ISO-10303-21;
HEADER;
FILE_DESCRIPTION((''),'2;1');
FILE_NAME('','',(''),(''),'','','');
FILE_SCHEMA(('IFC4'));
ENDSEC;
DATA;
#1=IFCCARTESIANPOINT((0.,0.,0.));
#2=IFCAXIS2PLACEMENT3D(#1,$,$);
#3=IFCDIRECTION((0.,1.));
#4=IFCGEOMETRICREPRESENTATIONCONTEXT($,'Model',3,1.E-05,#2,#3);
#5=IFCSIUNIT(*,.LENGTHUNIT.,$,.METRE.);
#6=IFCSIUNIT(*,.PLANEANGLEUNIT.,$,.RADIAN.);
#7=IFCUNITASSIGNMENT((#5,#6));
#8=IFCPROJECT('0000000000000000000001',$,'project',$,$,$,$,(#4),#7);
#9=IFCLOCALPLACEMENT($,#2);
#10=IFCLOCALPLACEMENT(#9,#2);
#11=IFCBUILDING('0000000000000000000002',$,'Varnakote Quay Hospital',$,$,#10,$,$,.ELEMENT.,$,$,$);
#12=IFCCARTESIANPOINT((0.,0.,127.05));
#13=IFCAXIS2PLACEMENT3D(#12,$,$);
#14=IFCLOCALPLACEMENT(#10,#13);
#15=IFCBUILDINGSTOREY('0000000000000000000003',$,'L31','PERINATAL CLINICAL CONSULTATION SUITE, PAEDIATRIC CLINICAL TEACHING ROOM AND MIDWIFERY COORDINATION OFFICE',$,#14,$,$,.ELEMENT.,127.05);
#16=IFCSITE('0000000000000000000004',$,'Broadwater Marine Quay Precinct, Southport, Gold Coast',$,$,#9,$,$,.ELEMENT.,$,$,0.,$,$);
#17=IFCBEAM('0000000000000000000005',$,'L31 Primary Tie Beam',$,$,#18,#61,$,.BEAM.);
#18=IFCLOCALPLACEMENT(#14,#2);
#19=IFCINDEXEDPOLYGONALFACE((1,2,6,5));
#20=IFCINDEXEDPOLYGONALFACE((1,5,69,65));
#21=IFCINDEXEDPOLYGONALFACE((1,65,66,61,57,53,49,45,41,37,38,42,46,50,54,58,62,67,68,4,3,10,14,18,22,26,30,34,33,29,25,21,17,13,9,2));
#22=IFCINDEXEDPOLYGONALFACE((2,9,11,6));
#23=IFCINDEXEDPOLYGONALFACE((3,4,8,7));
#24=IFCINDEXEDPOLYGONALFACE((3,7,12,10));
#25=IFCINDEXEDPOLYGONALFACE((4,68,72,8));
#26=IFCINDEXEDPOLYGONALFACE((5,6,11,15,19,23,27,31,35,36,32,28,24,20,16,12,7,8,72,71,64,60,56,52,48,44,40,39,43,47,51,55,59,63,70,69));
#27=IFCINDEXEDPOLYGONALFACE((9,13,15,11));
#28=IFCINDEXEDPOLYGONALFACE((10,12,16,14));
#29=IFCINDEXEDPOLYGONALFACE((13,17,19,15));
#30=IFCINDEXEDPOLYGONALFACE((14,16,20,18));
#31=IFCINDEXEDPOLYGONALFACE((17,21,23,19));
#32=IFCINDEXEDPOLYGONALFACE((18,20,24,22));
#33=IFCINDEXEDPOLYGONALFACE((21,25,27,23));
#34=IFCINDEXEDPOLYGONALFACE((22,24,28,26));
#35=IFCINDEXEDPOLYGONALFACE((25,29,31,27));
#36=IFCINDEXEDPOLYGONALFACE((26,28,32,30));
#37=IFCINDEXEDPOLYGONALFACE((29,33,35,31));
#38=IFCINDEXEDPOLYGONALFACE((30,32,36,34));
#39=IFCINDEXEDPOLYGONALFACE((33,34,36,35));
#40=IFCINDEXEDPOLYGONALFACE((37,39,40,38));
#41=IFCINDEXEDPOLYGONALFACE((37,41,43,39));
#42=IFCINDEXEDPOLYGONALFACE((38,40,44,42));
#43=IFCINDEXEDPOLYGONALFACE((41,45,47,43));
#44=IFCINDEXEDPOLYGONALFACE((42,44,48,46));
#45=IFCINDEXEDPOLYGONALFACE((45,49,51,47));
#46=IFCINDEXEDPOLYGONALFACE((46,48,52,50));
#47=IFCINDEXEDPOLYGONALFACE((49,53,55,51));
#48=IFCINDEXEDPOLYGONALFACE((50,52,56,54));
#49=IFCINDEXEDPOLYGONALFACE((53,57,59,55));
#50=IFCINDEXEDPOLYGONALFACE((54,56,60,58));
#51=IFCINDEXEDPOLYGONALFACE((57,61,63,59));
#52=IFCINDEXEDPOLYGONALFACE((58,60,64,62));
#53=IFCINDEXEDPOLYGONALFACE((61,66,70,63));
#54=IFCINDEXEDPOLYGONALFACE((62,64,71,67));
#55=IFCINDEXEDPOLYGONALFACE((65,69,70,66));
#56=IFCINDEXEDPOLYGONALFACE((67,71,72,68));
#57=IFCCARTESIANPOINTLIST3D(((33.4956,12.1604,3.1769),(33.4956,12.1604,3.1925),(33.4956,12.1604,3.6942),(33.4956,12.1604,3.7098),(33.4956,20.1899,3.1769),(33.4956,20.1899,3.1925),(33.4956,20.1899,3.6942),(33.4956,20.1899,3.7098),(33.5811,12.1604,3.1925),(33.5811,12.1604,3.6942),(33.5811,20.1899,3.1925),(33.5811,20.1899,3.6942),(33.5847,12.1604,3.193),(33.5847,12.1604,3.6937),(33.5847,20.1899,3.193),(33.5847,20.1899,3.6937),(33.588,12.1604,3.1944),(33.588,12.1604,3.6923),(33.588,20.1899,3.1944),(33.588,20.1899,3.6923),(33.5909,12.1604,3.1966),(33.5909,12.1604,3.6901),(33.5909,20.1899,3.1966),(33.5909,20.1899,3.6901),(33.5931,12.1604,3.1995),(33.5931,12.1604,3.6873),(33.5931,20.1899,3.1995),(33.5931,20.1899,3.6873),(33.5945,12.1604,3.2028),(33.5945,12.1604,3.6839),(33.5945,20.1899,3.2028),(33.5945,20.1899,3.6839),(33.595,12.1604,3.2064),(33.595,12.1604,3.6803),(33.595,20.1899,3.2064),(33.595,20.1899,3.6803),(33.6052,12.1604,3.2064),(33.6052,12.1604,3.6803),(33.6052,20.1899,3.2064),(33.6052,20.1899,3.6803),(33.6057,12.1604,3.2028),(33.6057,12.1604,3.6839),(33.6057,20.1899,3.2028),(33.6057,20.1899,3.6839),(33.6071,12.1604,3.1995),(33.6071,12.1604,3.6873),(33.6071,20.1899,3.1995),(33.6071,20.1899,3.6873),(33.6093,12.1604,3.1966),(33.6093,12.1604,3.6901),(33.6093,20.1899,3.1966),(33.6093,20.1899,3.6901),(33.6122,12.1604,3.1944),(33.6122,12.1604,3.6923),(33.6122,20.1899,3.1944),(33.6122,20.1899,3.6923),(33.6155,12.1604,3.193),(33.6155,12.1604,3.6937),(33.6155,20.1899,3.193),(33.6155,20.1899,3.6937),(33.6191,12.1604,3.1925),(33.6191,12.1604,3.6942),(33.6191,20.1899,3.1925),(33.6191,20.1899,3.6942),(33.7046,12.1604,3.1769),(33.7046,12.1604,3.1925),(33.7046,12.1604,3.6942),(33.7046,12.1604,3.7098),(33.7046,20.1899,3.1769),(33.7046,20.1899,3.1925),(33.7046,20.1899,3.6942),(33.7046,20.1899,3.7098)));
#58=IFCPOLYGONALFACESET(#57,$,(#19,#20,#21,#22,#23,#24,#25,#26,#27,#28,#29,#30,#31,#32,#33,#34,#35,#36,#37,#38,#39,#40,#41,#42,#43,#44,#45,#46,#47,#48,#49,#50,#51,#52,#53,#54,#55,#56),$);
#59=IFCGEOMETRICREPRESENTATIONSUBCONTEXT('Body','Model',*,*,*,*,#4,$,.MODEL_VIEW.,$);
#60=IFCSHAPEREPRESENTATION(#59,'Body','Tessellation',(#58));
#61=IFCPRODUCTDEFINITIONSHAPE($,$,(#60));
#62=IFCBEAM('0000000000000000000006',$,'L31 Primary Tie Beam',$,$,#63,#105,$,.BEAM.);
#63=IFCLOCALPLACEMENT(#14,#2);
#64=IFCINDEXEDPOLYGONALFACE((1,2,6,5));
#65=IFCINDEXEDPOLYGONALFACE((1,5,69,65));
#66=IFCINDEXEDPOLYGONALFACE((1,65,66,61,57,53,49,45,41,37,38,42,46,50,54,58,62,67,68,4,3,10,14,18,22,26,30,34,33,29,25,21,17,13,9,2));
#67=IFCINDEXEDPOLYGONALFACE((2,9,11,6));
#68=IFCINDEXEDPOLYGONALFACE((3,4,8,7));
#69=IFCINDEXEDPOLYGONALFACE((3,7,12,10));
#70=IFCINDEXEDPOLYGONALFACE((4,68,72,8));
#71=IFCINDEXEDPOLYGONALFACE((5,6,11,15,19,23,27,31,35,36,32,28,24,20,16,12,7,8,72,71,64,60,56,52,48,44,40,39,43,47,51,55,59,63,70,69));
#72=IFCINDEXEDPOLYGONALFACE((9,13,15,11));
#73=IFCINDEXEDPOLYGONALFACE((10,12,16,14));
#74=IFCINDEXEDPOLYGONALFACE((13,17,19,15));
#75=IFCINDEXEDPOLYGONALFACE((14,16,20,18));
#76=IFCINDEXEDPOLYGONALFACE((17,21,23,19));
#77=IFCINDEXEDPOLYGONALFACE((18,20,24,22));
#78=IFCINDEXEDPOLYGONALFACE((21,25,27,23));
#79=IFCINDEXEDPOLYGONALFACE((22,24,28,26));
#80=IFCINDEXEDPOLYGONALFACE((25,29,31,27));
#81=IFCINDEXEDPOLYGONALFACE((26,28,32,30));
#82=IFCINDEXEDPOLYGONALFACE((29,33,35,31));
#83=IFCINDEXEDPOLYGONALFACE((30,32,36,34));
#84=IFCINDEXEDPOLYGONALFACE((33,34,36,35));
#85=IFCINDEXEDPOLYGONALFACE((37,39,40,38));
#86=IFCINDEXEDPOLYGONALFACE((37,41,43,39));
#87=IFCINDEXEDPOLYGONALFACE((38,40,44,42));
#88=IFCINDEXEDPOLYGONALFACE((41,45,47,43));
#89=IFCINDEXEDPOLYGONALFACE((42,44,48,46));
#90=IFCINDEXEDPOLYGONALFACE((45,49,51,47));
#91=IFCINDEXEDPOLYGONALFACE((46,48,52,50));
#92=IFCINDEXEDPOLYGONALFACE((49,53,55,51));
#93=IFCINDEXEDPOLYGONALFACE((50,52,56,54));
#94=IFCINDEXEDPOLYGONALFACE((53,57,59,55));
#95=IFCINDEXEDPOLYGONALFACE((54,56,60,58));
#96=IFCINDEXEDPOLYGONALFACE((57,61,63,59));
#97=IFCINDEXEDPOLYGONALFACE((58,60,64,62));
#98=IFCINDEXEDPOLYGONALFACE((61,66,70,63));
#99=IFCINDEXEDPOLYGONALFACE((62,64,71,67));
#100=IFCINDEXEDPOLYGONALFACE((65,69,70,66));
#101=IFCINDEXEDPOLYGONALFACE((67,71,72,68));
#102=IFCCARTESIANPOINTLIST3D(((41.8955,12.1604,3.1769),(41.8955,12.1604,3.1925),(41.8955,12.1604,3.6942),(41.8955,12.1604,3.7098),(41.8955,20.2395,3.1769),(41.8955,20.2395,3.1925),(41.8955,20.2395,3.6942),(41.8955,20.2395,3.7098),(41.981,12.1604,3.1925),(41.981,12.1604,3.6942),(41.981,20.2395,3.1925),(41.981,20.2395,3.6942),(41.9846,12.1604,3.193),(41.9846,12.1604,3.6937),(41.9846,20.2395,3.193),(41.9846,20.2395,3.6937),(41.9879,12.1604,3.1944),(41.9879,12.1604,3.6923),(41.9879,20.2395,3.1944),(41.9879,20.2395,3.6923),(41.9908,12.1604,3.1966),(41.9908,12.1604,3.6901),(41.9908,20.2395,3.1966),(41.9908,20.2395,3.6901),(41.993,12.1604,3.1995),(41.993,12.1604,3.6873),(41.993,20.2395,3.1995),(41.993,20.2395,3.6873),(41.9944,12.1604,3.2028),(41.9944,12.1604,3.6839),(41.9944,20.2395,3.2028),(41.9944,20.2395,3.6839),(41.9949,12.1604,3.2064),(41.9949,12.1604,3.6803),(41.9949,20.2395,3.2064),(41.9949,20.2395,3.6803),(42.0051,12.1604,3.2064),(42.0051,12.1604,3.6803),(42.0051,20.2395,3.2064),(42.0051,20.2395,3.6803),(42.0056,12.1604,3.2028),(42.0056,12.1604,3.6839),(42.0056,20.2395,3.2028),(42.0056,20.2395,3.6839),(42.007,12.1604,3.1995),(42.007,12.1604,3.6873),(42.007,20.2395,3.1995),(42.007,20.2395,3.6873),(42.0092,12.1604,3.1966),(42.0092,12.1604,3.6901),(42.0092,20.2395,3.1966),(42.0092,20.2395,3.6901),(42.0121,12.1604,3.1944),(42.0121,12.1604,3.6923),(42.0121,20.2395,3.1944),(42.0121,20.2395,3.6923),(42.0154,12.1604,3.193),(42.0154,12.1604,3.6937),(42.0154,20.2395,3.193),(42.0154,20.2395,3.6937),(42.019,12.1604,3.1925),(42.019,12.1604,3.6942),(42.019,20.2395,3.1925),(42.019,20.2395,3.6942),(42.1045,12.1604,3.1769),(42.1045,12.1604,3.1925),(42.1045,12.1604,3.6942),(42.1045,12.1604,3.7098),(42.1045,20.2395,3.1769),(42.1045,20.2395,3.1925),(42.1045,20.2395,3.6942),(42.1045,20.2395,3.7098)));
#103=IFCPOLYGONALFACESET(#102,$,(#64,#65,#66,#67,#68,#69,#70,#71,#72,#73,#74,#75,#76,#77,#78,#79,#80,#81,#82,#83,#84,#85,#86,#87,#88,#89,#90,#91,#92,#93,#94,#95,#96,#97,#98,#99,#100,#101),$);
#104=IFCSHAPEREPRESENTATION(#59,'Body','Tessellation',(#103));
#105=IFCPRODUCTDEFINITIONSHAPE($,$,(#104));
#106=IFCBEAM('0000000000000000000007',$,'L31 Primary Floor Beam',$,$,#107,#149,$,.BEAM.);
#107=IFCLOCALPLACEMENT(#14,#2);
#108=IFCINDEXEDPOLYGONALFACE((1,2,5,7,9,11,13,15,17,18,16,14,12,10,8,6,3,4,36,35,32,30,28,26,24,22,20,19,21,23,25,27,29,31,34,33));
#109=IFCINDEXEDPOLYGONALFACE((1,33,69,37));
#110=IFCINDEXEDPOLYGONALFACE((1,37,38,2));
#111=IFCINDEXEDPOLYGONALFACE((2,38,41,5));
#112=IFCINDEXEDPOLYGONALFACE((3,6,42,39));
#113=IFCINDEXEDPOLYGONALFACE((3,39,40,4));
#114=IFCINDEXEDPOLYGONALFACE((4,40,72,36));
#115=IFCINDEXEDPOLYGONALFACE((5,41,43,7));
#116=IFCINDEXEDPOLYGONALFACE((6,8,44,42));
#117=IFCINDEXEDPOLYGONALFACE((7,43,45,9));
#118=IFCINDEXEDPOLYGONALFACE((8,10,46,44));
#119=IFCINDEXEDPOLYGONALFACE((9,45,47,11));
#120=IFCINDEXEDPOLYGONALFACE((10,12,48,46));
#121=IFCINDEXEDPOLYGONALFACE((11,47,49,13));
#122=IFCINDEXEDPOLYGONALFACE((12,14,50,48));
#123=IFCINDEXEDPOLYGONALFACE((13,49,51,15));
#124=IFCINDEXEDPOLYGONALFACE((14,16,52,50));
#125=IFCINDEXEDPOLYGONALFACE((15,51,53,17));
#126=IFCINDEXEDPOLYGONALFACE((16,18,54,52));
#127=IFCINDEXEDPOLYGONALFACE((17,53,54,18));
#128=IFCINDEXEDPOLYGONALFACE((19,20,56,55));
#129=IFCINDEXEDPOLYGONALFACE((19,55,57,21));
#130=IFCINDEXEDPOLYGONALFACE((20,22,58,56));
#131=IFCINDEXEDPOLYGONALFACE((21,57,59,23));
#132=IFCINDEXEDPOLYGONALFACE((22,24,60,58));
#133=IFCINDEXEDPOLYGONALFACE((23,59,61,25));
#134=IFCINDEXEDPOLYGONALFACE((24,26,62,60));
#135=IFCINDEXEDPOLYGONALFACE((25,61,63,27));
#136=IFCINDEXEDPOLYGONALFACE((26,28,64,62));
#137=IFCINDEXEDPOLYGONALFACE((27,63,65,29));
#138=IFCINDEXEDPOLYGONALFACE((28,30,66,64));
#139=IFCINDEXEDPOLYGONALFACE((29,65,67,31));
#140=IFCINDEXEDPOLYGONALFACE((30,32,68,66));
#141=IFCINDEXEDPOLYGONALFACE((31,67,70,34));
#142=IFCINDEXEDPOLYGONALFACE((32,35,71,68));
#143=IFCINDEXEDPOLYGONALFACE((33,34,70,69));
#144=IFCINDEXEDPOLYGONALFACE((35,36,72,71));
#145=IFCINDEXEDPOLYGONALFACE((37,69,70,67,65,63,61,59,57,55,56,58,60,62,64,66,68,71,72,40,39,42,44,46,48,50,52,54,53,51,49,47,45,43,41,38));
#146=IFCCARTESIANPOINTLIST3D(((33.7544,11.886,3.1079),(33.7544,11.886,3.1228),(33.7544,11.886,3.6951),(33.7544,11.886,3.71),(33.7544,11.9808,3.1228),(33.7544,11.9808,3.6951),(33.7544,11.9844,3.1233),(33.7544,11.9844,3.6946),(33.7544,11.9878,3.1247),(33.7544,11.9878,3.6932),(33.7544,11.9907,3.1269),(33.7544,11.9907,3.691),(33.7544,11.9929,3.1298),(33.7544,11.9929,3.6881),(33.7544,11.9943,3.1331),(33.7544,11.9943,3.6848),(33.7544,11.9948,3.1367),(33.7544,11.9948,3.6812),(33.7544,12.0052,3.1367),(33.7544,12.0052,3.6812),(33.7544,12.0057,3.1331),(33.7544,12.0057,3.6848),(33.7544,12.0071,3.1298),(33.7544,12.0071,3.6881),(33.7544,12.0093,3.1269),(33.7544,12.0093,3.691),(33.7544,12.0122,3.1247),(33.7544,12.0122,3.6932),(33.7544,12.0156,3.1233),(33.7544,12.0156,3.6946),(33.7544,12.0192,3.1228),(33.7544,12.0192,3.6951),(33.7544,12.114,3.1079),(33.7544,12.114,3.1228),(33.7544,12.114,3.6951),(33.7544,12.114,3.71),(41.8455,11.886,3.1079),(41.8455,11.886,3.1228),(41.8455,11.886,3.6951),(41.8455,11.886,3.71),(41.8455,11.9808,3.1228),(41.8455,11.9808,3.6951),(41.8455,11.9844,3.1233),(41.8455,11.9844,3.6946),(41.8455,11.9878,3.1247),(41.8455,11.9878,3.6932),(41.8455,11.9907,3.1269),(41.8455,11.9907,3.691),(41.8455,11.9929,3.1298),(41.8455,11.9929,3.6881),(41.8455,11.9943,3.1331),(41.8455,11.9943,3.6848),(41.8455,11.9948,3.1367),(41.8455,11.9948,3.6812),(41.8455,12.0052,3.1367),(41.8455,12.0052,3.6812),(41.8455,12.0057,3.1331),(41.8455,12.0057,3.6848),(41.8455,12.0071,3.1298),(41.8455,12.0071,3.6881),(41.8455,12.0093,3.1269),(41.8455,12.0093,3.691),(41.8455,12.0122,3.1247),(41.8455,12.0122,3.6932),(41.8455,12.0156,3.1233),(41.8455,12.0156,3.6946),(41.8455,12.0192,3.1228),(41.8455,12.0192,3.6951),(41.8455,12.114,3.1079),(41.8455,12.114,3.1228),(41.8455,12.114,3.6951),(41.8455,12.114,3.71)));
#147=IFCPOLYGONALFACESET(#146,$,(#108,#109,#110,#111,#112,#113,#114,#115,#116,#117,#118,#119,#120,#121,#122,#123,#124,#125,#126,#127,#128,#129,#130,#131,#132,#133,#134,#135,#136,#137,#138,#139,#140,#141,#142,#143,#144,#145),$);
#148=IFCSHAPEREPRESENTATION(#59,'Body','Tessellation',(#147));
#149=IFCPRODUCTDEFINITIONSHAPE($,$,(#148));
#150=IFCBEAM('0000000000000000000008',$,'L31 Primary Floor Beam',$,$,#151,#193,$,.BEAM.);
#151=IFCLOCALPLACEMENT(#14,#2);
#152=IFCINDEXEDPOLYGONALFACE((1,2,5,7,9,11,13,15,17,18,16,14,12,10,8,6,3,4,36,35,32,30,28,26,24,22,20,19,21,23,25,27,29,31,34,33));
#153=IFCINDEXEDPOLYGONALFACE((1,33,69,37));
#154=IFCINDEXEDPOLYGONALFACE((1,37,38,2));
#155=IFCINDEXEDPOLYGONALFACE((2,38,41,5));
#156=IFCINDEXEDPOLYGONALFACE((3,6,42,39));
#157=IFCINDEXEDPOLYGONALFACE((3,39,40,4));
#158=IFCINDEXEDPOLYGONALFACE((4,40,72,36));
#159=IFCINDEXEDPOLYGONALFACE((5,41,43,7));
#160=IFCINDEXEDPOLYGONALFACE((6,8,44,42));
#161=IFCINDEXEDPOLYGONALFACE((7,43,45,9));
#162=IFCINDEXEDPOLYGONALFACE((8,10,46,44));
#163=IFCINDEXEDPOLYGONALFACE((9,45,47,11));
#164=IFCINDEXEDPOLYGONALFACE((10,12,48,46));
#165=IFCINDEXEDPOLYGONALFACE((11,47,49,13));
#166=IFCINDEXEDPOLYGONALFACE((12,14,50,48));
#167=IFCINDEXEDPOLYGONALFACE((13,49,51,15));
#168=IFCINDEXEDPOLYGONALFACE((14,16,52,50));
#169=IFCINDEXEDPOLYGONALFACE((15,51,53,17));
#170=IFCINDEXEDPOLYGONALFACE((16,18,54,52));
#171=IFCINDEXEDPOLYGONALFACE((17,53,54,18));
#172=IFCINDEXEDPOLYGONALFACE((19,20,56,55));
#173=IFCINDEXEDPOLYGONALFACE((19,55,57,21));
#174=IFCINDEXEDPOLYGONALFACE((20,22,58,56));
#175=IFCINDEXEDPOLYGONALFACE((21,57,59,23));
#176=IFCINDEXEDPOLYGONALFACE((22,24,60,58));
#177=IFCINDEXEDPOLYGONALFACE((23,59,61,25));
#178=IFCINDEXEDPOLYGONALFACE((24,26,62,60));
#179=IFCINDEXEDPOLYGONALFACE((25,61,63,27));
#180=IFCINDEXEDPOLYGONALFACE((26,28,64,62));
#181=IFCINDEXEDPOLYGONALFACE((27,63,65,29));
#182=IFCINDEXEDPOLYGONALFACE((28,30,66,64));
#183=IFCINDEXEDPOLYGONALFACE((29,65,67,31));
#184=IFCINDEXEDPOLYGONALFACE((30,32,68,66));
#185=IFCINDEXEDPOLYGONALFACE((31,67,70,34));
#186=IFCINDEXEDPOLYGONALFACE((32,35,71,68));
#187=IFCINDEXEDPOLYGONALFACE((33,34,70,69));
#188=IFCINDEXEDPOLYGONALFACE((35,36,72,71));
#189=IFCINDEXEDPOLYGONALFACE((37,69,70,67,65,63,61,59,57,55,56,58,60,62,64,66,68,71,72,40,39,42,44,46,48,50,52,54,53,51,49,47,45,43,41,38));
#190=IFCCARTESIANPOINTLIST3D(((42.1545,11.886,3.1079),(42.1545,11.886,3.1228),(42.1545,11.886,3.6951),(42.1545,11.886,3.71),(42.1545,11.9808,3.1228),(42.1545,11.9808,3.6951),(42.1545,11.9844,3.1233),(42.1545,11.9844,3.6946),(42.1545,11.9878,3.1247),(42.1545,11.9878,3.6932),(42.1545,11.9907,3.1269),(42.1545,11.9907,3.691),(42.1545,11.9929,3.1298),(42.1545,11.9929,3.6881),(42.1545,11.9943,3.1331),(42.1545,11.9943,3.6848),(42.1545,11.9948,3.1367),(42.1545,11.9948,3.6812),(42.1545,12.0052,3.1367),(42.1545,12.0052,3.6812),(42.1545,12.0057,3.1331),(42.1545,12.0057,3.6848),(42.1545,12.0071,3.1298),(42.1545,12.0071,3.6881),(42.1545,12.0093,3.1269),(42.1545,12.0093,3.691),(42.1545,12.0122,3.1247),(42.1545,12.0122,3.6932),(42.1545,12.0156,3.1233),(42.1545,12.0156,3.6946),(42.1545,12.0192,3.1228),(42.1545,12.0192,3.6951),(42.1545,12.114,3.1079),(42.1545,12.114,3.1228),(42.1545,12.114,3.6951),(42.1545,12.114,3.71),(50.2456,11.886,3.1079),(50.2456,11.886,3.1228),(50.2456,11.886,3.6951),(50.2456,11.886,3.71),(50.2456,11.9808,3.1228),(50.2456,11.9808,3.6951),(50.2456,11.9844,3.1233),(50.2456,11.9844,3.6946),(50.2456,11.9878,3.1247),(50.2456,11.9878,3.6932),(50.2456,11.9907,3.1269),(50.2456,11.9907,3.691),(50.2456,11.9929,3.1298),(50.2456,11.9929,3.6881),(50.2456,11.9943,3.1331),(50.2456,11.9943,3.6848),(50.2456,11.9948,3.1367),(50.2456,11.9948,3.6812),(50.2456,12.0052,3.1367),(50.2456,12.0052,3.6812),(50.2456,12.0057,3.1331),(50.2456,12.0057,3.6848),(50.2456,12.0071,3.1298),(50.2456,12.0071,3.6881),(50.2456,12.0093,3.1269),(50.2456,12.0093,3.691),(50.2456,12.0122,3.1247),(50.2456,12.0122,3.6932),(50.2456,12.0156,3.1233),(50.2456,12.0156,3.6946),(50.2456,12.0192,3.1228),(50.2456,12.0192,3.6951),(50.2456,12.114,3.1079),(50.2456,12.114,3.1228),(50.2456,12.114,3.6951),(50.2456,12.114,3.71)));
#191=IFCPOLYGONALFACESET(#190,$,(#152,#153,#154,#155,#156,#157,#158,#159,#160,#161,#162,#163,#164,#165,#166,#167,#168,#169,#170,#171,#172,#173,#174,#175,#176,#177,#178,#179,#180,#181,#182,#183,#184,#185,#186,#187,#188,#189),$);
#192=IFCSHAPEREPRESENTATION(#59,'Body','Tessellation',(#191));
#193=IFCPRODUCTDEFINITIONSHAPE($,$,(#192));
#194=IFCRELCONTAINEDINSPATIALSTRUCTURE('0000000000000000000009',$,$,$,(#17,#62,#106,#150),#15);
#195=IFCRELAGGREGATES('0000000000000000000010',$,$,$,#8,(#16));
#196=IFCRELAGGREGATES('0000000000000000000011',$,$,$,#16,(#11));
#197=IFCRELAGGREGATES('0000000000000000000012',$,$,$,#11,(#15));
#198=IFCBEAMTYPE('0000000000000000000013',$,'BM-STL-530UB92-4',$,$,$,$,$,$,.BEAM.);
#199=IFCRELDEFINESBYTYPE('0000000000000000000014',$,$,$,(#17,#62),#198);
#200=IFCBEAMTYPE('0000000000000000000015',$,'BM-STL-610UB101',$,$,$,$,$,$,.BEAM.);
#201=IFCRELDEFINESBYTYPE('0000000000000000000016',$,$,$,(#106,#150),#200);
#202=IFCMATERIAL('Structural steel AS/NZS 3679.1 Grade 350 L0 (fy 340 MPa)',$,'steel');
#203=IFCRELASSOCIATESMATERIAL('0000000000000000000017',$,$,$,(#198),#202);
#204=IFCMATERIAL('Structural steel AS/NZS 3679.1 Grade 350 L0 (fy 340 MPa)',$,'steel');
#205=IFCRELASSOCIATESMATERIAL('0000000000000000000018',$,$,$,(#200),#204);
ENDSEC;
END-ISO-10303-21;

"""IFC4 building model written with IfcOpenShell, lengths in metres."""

from ifc_helpers import new_model, si_unit, direction, frame, origin, origin_2d, place, context, subcontext, project, spatial, i_section, extrude, material, material_profile, profile_set, type_object, element, save


model = new_model("IFC4")

# Units and contexts
model_context = context("Model", 3, precision=1e-05, world=origin(), true_north=direction((0.0, 1.0)))
body_context = subcontext(model_context, "Body", "Model", "MODEL_VIEW")
ifc_project = project(units=[si_unit("LENGTHUNIT", "METRE"), si_unit("PLANEANGLEUNIT", "RADIAN")], contexts=[model_context])

# Site, building, storey
site_placement = place(None, origin())
site = spatial("IfcSite", under=ifc_project, at=site_placement, Name="Broadwater Marine Quay Precinct, Southport, Gold Coast", CompositionType="ELEMENT", RefElevation=0.0)
building_placement = place(site_placement, origin())
building = spatial("IfcBuilding", under=site, at=building_placement, Name="Varnakote Quay Hospital", CompositionType="ELEMENT")
storey_placement = place(building_placement, frame((0.0, 0.0, 127.05)))
storey = spatial("IfcBuildingStorey", under=building, at=storey_placement, Name="L31", Description="PERINATAL CLINICAL CONSULTATION SUITE, PAEDIATRIC CLINICAL TEACHING ROOM AND MIDWIFERY COORDINATION OFFICE", CompositionType="ELEMENT", Elevation=127.05)

# Beams
ifc_material_1 = material(Name="Structural steel AS/NZS 3679.1 Grade 350 L0 (fy 340 MPa)", Category="steel")
ifc_material_profile_1 = material_profile(ifc_material_1, i_section(OverallWidth=0.209, OverallDepth=0.533, WebThickness=0.0103, FlangeThickness=0.0156, FilletRadius=0.0139, at=origin_2d()), Name="530UB92.4")
ifc_profile_set_1 = profile_set([ifc_material_profile_1], Name="Structural steel AS/NZS 3679.1 Grade 350 L0 (fy 340 MPa)")
beam_type_1 = type_object("IfcBeamType", Name="BM-STL-530UB92-4", PredefinedType="BEAM", material=ifc_profile_set_1)
beam_1_placement = place(storey_placement, frame((33.6001, 12.1604, 3.4434), z_axis=(0.0, 1.0, 0.0), x_axis=(-1.0, 0.0, 0.0)))
element("IfcBeam", 1, at=beam_1_placement, inside=storey, type_object=beam_type_1, Name="L31 Primary Tie Beam", PredefinedType="BEAM", context=body_context, shape_type="SweptSolid", body=[
    extrude(i_section(OverallWidth=0.209, OverallDepth=0.533, WebThickness=0.0103, FlangeThickness=0.0156, FilletRadius=0.0139, at=origin_2d()), origin(), (0.0, 0.0, 1.0), 8.0295),
])
beam_2_placement = place(storey_placement, frame((42.0, 12.1604, 3.4434), z_axis=(0.0, 1.0, 0.0), x_axis=(-1.0, 0.0, 0.0)))
element("IfcBeam", 2, at=beam_2_placement, inside=storey, type_object=beam_type_1, Name="L31 Primary Tie Beam", PredefinedType="BEAM", context=body_context, shape_type="SweptSolid", body=[
    extrude(i_section(OverallWidth=0.209, OverallDepth=0.533, WebThickness=0.0103, FlangeThickness=0.0156, FilletRadius=0.0139, at=origin_2d()), origin(), (0.0, 0.0, 1.0), 8.0791),
])
ifc_material_2 = material(Name="Structural steel AS/NZS 3679.1 Grade 350 L0 (fy 340 MPa)", Category="steel")
ifc_material_profile_2 = material_profile(ifc_material_2, i_section(OverallWidth=0.228, OverallDepth=0.6021, WebThickness=0.0105, FlangeThickness=0.0149, FilletRadius=0.0139, at=origin_2d()), Name="610UB101")
ifc_profile_set_2 = profile_set([ifc_material_profile_2], Name="Structural steel AS/NZS 3679.1 Grade 350 L0 (fy 340 MPa)")
beam_type_2 = type_object("IfcBeamType", Name="BM-STL-610UB101", PredefinedType="BEAM", material=ifc_profile_set_2)
for number, where, z_axis, x_axis, name in (
    (3, (33.7544, 12.0, 3.4089), (1.0, 0.0, 0.0), (0.0, 1.0, 0.0), "L31 Primary Floor Beam"),
    (4, (42.1545, 12.0, 3.4089), (1.0, 0.0, 0.0), (0.0, 1.0, 0.0), "L31 Primary Floor Beam"),
):
    element("IfcBeam", number, at=place(storey_placement, frame(where, z_axis=z_axis, x_axis=x_axis)), inside=storey, type_object=beam_type_2, Name=name, PredefinedType="BEAM", context=body_context, shape_type="SweptSolid", body=[
        extrude(i_section(OverallWidth=0.228, OverallDepth=0.6021, WebThickness=0.0105, FlangeThickness=0.0149, FilletRadius=0.0139, at=origin_2d()), origin(), (0.0, 0.0, 1.0), 8.0911),
    ])

save(model, "model.ifc")
